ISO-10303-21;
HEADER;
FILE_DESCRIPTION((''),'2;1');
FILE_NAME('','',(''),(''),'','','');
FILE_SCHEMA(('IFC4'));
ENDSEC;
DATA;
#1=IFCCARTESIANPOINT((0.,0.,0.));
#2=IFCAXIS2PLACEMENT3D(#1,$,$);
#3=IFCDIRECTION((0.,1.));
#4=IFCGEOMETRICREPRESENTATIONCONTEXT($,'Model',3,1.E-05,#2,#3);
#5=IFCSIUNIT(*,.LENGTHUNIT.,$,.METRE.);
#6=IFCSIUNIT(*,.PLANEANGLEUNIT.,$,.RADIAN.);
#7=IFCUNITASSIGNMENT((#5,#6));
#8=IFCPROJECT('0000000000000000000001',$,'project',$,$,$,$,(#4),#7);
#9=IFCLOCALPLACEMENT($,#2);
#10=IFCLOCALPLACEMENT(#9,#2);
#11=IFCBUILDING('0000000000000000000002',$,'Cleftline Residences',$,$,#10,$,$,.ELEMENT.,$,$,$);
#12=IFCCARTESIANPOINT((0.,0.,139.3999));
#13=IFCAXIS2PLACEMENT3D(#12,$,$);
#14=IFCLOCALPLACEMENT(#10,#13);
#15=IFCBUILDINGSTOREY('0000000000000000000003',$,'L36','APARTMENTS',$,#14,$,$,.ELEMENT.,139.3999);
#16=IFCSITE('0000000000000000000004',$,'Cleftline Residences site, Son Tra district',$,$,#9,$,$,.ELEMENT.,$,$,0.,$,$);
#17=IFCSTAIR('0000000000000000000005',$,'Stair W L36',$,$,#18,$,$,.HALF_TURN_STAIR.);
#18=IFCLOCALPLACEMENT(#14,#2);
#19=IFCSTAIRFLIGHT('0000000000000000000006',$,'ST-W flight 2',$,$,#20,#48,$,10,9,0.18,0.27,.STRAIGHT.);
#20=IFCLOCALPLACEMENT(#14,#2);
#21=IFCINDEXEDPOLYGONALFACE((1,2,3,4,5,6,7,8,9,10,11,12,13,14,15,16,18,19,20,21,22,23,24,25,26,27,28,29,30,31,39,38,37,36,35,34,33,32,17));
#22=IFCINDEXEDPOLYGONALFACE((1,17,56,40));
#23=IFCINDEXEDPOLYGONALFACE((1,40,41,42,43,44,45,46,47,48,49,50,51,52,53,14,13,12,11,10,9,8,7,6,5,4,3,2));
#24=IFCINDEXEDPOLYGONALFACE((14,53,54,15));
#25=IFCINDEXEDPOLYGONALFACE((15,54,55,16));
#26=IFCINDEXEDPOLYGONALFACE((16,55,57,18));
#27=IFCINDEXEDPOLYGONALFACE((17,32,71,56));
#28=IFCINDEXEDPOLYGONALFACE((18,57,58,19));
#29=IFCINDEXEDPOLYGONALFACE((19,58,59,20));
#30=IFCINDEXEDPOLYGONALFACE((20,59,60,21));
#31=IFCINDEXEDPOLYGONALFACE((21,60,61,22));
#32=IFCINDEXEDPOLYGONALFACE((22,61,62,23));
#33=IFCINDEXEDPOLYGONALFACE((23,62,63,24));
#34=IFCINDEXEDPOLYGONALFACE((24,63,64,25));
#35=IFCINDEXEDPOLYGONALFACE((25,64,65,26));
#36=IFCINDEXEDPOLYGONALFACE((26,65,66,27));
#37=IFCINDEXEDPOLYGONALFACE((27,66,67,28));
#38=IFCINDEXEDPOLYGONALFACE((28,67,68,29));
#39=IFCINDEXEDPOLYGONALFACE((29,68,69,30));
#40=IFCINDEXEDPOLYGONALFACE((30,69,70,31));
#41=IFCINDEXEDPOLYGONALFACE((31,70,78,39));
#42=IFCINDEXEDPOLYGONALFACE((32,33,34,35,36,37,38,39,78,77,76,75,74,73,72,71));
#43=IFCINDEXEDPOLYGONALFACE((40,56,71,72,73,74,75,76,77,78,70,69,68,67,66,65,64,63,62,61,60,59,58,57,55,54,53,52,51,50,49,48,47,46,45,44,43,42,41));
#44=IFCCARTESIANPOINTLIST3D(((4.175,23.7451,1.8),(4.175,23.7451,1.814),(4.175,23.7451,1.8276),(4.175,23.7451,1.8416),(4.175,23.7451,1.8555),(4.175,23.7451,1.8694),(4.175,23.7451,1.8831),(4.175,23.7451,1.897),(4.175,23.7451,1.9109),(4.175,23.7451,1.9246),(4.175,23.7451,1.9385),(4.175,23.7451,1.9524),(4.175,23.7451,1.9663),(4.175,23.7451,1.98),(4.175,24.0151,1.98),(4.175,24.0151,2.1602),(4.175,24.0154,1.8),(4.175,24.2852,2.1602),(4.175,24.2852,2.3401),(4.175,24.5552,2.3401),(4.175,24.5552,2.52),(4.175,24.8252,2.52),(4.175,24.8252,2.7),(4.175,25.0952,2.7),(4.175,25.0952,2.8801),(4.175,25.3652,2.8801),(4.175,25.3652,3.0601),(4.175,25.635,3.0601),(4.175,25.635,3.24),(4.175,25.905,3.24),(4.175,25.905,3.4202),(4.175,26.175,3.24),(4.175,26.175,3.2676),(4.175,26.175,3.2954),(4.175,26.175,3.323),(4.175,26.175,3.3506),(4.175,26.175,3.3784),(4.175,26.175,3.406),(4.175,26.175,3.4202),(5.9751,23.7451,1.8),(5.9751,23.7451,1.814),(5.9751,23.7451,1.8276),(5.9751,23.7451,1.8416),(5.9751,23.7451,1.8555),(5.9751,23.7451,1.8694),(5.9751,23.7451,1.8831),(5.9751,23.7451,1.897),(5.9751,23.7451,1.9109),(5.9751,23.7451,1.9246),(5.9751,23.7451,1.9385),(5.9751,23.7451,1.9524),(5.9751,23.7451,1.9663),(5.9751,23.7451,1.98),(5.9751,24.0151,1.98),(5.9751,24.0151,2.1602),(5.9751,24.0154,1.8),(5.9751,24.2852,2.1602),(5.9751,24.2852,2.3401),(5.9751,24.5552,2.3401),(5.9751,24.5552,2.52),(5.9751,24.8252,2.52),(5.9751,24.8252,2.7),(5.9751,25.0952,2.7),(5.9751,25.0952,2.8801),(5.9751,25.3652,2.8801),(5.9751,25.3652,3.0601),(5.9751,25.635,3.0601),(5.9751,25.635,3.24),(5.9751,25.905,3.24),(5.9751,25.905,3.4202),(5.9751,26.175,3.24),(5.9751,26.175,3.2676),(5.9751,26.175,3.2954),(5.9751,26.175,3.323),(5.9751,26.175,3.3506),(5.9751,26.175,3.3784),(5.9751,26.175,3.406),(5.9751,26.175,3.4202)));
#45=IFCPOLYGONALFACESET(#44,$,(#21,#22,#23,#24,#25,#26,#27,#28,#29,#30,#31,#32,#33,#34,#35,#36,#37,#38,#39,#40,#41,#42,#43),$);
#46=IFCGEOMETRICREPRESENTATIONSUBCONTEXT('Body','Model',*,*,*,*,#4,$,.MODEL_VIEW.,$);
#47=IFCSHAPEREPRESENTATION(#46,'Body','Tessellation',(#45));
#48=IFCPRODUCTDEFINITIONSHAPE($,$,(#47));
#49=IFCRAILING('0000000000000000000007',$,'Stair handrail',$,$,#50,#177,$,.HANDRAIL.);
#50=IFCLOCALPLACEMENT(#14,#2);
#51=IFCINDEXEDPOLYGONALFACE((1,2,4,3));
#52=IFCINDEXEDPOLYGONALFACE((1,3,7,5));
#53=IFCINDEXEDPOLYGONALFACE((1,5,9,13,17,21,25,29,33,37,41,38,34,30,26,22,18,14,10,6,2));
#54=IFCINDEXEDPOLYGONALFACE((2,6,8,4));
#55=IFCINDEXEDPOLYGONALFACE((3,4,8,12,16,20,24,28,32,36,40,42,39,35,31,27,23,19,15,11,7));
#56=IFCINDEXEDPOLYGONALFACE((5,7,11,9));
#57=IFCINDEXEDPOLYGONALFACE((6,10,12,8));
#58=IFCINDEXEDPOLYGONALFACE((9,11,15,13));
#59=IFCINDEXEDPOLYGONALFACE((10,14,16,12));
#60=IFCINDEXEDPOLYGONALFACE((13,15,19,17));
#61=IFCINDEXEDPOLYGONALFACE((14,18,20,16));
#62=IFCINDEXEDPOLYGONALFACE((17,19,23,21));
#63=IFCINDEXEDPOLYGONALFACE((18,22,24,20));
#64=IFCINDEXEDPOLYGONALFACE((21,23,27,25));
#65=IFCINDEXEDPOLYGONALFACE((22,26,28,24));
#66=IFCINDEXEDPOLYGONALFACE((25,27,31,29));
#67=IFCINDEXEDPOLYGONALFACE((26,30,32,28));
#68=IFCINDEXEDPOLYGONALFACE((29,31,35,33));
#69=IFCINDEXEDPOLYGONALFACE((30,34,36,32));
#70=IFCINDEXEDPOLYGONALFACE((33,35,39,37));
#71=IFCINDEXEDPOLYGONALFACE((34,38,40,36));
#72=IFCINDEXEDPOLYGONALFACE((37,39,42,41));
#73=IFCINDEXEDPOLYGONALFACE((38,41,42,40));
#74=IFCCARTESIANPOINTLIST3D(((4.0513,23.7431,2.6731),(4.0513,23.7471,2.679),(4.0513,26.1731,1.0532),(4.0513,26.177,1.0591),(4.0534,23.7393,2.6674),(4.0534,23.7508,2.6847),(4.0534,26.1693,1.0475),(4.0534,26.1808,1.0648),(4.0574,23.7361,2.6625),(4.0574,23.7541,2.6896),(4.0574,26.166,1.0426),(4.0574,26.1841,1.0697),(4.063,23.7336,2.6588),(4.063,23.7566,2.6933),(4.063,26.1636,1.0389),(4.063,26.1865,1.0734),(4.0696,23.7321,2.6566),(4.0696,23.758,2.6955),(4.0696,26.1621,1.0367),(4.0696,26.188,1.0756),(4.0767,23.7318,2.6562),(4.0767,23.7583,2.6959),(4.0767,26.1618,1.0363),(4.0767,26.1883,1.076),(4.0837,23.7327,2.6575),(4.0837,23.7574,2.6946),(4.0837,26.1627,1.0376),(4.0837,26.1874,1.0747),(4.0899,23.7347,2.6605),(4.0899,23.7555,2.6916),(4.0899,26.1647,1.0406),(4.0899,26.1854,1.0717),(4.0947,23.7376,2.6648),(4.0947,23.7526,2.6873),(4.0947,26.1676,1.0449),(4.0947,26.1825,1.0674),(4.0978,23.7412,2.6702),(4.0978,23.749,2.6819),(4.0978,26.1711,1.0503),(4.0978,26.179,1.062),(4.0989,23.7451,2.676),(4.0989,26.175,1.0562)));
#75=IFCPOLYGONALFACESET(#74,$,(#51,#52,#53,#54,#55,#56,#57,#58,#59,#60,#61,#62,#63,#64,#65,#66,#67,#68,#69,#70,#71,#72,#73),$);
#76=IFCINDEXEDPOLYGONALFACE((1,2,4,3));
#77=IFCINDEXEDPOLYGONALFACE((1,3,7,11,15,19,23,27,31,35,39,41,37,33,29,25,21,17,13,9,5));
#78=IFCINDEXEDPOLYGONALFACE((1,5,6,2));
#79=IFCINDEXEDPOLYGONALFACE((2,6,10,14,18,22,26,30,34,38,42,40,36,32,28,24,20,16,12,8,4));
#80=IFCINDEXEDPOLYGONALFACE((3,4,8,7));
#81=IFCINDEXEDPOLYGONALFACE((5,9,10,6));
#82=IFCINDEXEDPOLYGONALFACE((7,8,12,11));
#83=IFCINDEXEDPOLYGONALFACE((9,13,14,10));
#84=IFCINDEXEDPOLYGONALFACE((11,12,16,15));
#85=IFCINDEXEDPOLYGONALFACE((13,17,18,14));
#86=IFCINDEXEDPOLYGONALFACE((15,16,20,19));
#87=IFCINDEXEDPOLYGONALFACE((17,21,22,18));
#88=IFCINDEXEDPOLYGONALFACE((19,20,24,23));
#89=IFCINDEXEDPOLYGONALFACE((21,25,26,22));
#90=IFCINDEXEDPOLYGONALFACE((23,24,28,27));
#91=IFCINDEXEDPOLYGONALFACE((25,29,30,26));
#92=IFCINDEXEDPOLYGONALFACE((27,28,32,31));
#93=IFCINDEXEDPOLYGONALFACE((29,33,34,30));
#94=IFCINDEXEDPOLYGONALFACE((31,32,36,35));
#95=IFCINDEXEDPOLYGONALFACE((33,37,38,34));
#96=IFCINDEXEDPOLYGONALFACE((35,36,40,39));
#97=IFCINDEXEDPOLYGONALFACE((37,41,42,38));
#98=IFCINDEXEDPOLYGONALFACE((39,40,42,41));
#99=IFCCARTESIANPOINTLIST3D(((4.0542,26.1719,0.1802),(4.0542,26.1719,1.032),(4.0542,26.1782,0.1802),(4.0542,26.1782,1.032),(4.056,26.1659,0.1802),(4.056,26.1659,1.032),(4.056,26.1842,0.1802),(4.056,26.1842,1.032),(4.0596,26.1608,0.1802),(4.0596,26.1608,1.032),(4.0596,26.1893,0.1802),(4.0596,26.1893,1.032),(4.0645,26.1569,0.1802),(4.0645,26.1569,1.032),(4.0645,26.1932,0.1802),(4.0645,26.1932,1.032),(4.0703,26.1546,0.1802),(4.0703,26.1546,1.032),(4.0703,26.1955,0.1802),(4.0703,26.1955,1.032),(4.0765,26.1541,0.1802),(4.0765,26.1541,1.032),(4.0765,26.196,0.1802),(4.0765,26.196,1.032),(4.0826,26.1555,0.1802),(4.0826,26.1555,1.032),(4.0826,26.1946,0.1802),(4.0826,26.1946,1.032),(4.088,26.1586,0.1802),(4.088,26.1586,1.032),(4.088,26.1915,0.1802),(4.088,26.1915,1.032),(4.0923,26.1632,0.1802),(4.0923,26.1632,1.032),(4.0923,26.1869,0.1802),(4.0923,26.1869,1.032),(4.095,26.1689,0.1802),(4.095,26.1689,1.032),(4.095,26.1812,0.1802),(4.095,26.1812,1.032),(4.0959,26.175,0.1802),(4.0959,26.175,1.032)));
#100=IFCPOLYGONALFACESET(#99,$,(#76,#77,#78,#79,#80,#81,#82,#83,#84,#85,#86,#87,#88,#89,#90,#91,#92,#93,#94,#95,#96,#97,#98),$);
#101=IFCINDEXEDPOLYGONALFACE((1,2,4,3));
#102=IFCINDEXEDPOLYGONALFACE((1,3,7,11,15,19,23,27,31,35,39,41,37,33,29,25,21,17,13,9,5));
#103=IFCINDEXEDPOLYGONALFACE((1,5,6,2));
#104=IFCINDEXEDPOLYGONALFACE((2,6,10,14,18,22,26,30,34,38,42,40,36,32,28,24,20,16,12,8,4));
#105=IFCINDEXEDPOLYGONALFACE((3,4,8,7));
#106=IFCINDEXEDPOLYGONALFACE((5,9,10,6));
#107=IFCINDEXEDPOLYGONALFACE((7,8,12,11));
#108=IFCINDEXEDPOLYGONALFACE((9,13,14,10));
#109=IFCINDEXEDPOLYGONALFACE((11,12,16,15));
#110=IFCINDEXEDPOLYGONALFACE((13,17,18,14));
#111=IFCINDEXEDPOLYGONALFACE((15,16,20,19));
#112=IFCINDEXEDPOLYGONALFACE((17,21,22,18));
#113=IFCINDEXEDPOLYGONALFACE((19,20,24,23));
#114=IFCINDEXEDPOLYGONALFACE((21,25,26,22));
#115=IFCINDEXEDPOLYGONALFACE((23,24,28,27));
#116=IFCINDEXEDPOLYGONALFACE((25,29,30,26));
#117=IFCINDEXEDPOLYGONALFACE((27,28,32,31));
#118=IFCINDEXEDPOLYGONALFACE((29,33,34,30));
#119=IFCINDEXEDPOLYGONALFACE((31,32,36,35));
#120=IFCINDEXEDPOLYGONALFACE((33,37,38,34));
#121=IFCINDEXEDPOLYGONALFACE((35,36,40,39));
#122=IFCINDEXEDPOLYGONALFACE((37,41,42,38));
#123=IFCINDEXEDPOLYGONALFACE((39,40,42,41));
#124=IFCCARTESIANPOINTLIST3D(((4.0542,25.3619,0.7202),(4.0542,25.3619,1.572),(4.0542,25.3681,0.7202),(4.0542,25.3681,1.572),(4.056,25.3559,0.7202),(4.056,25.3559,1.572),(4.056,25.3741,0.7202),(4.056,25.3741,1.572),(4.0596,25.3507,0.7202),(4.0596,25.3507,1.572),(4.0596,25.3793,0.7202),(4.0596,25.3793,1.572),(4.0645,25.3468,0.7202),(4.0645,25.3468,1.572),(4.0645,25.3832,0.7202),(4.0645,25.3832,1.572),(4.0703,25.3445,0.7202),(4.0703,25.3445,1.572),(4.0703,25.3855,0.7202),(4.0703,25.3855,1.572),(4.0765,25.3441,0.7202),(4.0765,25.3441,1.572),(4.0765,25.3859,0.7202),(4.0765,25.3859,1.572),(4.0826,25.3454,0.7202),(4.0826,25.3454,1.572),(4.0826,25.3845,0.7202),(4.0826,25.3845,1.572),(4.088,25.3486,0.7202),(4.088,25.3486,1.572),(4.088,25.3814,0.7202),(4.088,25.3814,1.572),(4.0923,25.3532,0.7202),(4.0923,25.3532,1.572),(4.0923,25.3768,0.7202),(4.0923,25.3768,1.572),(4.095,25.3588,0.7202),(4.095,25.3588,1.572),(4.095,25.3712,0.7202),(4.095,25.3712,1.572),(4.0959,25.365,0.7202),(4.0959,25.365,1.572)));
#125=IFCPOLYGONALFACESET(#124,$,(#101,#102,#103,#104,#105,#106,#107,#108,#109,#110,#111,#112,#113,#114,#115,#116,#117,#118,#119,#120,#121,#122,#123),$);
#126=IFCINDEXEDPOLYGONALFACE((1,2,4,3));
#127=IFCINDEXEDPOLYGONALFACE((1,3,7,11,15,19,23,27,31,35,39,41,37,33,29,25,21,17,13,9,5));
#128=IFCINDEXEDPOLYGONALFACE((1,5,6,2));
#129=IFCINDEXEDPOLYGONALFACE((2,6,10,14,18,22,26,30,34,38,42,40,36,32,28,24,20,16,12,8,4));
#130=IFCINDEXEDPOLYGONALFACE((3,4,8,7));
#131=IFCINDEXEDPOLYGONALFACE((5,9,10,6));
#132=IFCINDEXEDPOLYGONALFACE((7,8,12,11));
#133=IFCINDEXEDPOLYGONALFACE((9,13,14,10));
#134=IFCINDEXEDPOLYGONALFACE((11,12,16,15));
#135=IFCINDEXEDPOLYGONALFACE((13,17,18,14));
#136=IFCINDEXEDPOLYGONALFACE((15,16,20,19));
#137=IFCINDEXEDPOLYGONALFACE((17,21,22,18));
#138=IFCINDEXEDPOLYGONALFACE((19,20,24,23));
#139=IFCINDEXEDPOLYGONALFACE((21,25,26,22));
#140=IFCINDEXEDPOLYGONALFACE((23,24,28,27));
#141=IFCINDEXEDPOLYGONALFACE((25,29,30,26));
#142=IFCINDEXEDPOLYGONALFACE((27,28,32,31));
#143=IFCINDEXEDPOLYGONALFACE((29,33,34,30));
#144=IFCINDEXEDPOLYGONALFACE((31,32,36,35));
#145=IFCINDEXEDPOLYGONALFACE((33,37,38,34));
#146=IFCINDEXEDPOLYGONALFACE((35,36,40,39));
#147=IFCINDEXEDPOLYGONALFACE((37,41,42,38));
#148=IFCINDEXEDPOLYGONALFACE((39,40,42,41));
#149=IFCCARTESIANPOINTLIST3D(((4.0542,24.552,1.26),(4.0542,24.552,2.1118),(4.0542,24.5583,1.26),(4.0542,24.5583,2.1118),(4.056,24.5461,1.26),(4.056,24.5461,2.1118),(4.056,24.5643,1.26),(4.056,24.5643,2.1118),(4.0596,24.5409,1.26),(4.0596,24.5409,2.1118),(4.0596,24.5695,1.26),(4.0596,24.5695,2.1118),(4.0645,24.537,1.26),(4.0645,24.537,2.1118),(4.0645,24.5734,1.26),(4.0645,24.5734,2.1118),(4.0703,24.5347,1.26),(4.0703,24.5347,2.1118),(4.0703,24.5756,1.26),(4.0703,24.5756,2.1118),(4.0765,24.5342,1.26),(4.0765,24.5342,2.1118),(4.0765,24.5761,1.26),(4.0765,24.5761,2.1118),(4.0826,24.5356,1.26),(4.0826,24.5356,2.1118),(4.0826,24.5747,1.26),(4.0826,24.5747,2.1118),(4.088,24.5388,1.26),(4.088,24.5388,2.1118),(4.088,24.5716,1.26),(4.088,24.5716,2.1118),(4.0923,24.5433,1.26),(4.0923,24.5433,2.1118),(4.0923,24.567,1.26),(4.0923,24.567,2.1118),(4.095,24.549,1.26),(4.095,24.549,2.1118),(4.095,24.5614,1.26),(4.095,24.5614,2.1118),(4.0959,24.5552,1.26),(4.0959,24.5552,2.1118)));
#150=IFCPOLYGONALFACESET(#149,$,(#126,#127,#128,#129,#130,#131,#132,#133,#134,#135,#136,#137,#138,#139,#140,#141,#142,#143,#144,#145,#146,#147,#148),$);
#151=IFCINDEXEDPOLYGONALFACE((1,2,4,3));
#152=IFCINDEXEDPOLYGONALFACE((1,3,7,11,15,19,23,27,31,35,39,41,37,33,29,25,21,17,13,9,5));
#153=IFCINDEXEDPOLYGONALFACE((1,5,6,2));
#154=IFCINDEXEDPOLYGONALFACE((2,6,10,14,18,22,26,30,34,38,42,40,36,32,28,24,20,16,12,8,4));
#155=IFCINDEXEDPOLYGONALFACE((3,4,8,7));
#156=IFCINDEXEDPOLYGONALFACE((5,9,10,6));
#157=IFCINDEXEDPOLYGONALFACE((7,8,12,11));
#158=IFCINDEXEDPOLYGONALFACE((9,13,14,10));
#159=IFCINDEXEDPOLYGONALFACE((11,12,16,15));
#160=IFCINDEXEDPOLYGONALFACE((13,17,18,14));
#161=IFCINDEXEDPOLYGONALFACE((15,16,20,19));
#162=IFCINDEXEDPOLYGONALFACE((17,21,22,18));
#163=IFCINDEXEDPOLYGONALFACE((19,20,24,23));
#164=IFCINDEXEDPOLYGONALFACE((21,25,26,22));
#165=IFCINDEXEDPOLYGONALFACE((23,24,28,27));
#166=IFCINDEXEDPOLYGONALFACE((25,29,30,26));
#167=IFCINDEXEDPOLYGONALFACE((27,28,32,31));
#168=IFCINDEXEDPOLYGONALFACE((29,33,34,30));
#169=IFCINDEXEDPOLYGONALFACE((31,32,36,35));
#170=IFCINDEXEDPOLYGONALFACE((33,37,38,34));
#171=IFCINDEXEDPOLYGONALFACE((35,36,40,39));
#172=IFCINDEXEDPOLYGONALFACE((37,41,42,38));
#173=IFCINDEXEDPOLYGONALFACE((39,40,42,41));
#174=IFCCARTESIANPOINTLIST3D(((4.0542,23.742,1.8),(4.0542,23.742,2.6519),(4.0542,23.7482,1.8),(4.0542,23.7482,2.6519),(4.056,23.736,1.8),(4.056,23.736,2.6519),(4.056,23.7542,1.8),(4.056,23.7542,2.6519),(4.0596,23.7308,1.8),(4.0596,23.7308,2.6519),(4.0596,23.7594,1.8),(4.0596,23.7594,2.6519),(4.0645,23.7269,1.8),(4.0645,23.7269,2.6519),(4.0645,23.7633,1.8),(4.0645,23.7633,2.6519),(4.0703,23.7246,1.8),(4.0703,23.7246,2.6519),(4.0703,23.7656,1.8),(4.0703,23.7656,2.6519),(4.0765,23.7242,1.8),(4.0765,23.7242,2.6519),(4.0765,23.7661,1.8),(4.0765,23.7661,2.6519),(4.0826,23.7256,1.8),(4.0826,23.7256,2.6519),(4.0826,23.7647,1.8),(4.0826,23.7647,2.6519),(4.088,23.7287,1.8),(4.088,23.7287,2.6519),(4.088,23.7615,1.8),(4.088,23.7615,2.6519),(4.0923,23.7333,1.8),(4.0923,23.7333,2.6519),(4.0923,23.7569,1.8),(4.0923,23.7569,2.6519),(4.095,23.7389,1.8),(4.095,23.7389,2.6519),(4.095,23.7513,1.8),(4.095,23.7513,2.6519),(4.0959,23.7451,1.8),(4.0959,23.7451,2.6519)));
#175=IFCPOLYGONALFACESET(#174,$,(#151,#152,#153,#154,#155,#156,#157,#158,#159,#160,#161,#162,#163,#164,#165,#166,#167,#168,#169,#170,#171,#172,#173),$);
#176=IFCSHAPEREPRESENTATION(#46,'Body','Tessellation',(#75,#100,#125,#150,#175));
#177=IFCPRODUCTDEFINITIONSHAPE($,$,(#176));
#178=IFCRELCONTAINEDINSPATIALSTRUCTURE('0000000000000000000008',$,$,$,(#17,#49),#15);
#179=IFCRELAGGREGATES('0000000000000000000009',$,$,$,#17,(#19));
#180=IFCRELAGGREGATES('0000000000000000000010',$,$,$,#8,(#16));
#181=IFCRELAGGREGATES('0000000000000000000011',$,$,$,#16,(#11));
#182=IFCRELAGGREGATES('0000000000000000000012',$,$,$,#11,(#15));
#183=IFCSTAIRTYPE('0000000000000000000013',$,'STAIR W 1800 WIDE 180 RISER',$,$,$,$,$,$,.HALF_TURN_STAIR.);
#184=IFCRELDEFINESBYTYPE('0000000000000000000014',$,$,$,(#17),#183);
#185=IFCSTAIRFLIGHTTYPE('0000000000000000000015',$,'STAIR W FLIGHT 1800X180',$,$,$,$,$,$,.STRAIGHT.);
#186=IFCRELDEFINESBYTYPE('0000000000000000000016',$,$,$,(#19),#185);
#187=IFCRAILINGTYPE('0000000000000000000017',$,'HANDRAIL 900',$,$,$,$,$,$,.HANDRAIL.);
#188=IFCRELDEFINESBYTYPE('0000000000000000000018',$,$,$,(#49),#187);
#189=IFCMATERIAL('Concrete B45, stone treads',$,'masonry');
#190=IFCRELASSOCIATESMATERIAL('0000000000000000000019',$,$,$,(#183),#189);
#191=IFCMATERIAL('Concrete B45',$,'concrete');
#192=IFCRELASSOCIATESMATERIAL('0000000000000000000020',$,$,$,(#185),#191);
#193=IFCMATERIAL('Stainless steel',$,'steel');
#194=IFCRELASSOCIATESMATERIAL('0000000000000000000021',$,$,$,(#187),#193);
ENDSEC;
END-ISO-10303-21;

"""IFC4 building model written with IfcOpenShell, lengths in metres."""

from ifc_helpers import new_model, si_unit, direction, frame, origin, origin_2d, place, context, subcontext, project, spatial, polyline, circle, outline, extrude, material, type_object, element, aggregate, save


model = new_model("IFC4")

# Units and contexts
model_context = context("Model", 3, precision=1e-05, world=origin(), true_north=direction((0.0, 1.0)))
body_context = subcontext(model_context, "Body", "Model", "MODEL_VIEW")
ifc_project = project(units=[si_unit("LENGTHUNIT", "METRE"), si_unit("PLANEANGLEUNIT", "RADIAN")], contexts=[model_context])

# Site, building, storey
site_placement = place(None, origin())
site = spatial("IfcSite", under=ifc_project, at=site_placement, Name="Cleftline Residences site, Son Tra district", CompositionType="ELEMENT", RefElevation=0.0)
building_placement = place(site_placement, origin())
building = spatial("IfcBuilding", under=site, at=building_placement, Name="Cleftline Residences", CompositionType="ELEMENT")
storey_placement = place(building_placement, frame((0.0, 0.0, 139.3999)))
storey = spatial("IfcBuildingStorey", under=building, at=storey_placement, Name="L36", Description="APARTMENTS", CompositionType="ELEMENT", Elevation=139.3999)

# Stair, stair flight
ifc_material_1 = material(Name="Concrete B45, stone treads", Category="masonry")
stair_type = type_object("IfcStairType", Name="STAIR W 1800 WIDE 180 RISER", PredefinedType="HALF_TURN_STAIR", material=ifc_material_1)
stair_placement = place(storey_placement, origin())
stair = element("IfcStair", 1, at=stair_placement, inside=storey, type_object=stair_type, Name="Stair W L36", PredefinedType="HALF_TURN_STAIR")
ifc_material_2 = material(Name="Concrete B45", Category="concrete")
stair_flight_type = type_object("IfcStairFlightType", Name="STAIR W FLIGHT 1800X180", PredefinedType="STRAIGHT", material=ifc_material_2)
stair_flight_1_placement = place(storey_placement, frame((5.075, 23.7451, 1.8), z_axis=(0.0, 0.0, 1.0), x_axis=(0.0, 1.0, 0.0)))
stair_flight_1 = element("IfcStairFlight", 2, at=stair_flight_1_placement, type_object=stair_flight_type, Name="ST-W flight 2", NumberOfRisers=10, NumberOfTreads=9, PredefinedType="STRAIGHT", RiserHeight=0.18, TreadLength=0.27, context=body_context, shape_type="SweptSolid", body=[
    extrude(outline(polyline([(0.0, 0.0), (0.0, 0.0139), (0.0, 0.0276), (0.0, 0.0415), (0.0, 0.0554), (0.0, 0.0693), (0.0, 0.083), (0.0, 0.0969), (0.0, 0.1108), (0.0, 0.1245), (0.0, 0.1384), (0.0, 0.1523), (0.0, 0.1663), (0.0, 0.1799), (0.27, 0.1799), (0.27, 0.3601), (0.54, 0.3601), (0.54, 0.54), (0.8101, 0.54), (0.8101, 0.72), (1.0801, 0.72), (1.0801, 0.8999), (1.3501, 0.8999), (1.3501, 1.0801), (1.6201, 1.0801), (1.6201, 1.26), (1.8899, 1.26), (1.8899, 1.4399), (2.1599, 1.4399), (2.1599, 1.6201), (2.4299, 1.6201), (2.4299, 1.8), (2.4299, 1.7722), (2.4299, 1.7446), (2.4299, 1.7168), (2.4299, 1.6892), (2.4299, 1.6614), (2.4299, 1.6338), (2.4299, 1.606), (2.4299, 1.5784), (2.4299, 1.5505), (2.4299, 1.5229), (2.4299, 1.4954), (2.4299, 1.4675), (2.4299, 1.4399), (0.2703, 0.0), (0.0, 0.0)])), frame((0.0, 0.8999, 0.0), z_axis=(0.0, -1.0, 0.0), x_axis=(1.0, 0.0, 0.0)), (0.0, 0.0, 1.0), 1.8),
])
aggregate(stair, [stair_flight_1])

# Railing
ifc_material_3 = material(Name="Stainless steel", Category="steel")
railing_type = type_object("IfcRailingType", Name="HANDRAIL 900", PredefinedType="HANDRAIL", material=ifc_material_3)
railing_1_placement = place(storey_placement, frame((4.075, 26.175, 0.1802)))
element("IfcRailing", 3, at=railing_1_placement, inside=storey, type_object=railing_type, Name="Stair handrail", PredefinedType="HANDRAIL", context=body_context, shape_type="SweptSolid", body=[
    extrude(circle(Radius=0.0239, at=origin_2d()), frame((0.0, 0.0, 0.876), z_axis=(0.0, -0.832063, 0.554681), x_axis=(1.0, 0.0, 0.0)), (0.0, 0.0, 1.0), 2.9204),
    extrude(circle(Radius=0.021, at=origin_2d()), origin(), (0.0, 0.0, 1.0), 0.8518),
    extrude(circle(Radius=0.021, at=origin_2d()), frame((0.0, -0.8101, 0.54)), (0.0, 0.0, 1.0), 0.8518),
    extrude(circle(Radius=0.021, at=origin_2d()), frame((0.0, -1.6199, 1.0798)), (0.0, 0.0, 1.0), 0.8518),
    extrude(circle(Radius=0.021, at=origin_2d()), frame((0.0, -2.4299, 1.6199)), (0.0, 0.0, 1.0), 0.8518),
])

save(model, "model.ifc")
